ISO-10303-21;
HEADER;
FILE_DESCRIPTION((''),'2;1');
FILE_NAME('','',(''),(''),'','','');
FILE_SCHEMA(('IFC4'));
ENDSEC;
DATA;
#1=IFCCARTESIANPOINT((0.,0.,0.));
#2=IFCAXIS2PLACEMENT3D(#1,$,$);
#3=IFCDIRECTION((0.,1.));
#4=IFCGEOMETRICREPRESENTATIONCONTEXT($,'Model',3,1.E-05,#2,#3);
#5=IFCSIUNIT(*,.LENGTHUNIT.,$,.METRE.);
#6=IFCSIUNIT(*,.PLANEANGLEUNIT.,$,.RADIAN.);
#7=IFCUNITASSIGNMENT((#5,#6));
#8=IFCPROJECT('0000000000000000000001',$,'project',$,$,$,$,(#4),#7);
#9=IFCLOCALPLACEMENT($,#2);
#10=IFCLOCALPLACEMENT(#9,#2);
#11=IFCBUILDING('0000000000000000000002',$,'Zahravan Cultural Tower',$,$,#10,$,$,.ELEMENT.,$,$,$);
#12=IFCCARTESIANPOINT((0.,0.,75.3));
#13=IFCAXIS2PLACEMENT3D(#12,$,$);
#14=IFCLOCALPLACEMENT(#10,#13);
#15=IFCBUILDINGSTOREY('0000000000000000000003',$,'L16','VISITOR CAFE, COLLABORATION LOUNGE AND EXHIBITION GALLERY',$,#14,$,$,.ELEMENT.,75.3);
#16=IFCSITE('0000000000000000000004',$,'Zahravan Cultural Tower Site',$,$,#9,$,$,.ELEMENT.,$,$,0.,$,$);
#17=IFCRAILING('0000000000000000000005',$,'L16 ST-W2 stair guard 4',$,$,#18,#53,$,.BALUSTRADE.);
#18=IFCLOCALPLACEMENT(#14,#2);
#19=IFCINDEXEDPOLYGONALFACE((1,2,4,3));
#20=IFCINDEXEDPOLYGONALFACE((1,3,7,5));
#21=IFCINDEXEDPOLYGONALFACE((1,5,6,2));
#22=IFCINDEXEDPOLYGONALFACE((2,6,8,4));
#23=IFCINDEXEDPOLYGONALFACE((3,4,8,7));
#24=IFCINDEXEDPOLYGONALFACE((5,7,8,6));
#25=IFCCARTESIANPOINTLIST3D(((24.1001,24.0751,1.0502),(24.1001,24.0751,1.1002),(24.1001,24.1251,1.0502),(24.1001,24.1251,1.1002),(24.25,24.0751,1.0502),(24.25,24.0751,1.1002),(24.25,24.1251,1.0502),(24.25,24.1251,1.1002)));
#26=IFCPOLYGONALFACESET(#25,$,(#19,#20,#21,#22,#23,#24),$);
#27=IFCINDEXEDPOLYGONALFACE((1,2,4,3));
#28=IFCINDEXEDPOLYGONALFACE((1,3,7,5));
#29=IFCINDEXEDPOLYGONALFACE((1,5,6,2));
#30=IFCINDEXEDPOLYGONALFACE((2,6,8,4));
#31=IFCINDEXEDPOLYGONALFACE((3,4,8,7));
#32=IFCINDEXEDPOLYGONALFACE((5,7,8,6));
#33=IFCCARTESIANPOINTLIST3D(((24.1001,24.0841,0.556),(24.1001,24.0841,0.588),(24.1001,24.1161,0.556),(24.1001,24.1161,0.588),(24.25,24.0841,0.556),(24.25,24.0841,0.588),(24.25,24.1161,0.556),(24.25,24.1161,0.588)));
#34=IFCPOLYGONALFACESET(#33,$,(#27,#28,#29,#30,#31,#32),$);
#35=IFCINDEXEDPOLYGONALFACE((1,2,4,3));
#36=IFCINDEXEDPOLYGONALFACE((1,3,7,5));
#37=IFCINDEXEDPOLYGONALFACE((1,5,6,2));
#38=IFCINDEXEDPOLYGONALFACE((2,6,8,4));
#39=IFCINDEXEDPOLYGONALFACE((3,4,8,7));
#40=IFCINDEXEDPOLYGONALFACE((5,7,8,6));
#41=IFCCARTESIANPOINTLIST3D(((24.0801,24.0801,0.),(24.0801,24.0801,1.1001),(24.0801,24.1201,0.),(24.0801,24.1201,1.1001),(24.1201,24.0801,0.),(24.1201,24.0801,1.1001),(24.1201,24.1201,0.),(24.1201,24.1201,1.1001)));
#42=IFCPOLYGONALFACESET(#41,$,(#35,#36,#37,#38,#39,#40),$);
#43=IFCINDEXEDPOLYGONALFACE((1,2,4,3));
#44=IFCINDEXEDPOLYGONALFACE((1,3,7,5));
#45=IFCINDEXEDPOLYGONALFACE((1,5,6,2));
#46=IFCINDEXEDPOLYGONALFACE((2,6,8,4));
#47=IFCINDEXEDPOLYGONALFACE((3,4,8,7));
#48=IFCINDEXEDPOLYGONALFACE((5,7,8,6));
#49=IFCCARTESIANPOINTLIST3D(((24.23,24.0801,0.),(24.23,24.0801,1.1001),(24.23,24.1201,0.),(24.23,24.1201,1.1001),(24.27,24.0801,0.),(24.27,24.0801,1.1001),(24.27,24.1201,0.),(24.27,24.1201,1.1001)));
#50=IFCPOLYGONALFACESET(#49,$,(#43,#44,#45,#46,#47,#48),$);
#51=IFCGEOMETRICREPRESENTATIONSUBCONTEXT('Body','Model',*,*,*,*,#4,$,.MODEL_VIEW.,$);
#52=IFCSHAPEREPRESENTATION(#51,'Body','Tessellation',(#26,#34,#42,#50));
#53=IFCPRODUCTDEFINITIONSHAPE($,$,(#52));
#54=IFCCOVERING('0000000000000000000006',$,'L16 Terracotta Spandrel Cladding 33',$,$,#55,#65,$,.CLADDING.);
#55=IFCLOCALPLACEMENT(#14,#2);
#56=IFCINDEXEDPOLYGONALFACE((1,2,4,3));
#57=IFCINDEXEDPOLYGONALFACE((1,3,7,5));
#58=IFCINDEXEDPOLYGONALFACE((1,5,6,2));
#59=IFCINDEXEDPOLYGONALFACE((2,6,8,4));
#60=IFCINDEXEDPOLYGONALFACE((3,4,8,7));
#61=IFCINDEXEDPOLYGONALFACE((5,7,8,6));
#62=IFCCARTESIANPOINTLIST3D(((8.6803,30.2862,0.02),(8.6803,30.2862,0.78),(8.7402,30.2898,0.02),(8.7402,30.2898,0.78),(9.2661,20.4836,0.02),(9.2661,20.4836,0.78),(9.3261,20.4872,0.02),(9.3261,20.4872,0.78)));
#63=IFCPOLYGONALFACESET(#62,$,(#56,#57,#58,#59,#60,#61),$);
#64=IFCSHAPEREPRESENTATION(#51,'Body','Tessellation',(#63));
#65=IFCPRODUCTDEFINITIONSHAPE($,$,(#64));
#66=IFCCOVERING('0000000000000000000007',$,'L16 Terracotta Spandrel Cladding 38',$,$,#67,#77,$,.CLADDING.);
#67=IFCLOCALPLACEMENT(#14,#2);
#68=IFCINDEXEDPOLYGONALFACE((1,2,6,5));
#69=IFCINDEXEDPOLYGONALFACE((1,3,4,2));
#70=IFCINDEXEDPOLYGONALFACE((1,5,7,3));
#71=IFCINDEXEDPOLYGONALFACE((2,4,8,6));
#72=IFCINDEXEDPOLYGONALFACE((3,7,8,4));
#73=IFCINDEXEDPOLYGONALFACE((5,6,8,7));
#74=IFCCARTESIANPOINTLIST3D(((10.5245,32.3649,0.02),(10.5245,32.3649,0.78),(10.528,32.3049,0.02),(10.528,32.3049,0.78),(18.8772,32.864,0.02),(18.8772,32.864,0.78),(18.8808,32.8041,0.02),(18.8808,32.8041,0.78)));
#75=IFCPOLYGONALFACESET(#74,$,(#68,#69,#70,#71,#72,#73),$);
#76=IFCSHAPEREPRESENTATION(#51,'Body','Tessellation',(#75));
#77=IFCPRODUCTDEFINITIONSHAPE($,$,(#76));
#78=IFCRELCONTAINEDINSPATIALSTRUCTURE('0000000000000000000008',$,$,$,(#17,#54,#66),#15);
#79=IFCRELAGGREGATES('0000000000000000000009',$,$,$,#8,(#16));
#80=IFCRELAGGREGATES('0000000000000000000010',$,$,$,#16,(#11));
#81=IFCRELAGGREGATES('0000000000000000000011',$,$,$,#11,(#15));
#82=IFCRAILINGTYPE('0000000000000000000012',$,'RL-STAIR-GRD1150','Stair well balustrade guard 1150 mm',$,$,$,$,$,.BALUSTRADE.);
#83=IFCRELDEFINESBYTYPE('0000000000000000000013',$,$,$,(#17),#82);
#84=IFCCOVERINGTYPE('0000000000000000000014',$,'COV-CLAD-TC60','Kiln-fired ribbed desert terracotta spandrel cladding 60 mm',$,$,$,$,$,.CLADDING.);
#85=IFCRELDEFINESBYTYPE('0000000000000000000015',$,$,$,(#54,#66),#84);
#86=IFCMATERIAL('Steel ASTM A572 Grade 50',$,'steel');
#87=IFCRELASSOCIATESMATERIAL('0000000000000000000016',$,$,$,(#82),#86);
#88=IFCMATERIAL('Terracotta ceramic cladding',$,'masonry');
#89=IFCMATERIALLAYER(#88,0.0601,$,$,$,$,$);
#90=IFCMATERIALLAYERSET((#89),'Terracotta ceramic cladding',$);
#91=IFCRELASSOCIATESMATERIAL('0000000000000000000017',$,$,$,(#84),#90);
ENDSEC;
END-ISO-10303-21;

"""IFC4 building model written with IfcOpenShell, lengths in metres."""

from ifc_helpers import new_model, si_unit, direction, frame, origin, origin_2d, place, context, subcontext, project, spatial, rectangle, extrude, source, transform, mapped, material, layer, layer_set, type_object, element, save


model = new_model("IFC4")

# Units and contexts
model_context = context("Model", 3, precision=1e-05, world=origin(), true_north=direction((0.0, 1.0)))
body_context = subcontext(model_context, "Body", "Model", "MODEL_VIEW")
ifc_project = project(units=[si_unit("LENGTHUNIT", "METRE"), si_unit("PLANEANGLEUNIT", "RADIAN")], contexts=[model_context])

# Site, building, storey
site_placement = place(None, origin())
site = spatial("IfcSite", under=ifc_project, at=site_placement, Name="Zahravan Cultural Tower Site", CompositionType="ELEMENT", RefElevation=0.0)
building_placement = place(site_placement, origin())
building = spatial("IfcBuilding", under=site, at=building_placement, Name="Zahravan Cultural Tower", CompositionType="ELEMENT")
storey_placement = place(building_placement, frame((0.0, 0.0, 75.3)))
storey = spatial("IfcBuildingStorey", under=building, at=storey_placement, Name="L16", Description="VISITOR CAFE, COLLABORATION LOUNGE AND EXHIBITION GALLERY", CompositionType="ELEMENT", Elevation=75.3)

# Shared definitions
ifc_material_1 = material(Name="Steel ASTM A572 Grade 50", Category="steel")

# Railing
railing_type = type_object("IfcRailingType", Name="RL-STAIR-GRD1150", Description="Stair well balustrade guard 1150 mm", PredefinedType="BALUSTRADE", material=ifc_material_1)
railing_1_placement = place(storey_placement, frame((24.1001, 24.1001, 0.0)))
element("IfcRailing", 1, at=railing_1_placement, inside=storey, type_object=railing_type, Name="L16 ST-W2 stair guard 4", PredefinedType="BALUSTRADE", context=body_context, shape_type="SweptSolid", body=[
    extrude(rectangle(XDim=0.05, YDim=0.05, at=origin_2d()), frame((0.0, 0.0, 1.0752), z_axis=(1.0, 0.0, 0.0), x_axis=(0.0, 1.0, 0.0)), (0.0, 0.0, 1.0), 0.1499),
    extrude(rectangle(XDim=0.032, YDim=0.032, at=origin_2d()), frame((0.0, 0.0, 0.572), z_axis=(1.0, 0.0, 0.0), x_axis=(0.0, 1.0, 0.0)), (0.0, 0.0, 1.0), 0.1499),
    extrude(rectangle(XDim=0.04, YDim=0.04, at=origin_2d()), origin(), (0.0, 0.0, 1.0), 1.1001),
    extrude(rectangle(XDim=0.04, YDim=0.04, at=origin_2d()), frame((0.1499, 0.0, 0.0)), (0.0, 0.0, 1.0), 1.1001),
])

# Coverings
ifc_material_2 = material(Name="Terracotta ceramic cladding", Category="masonry")
ifc_layer_1 = layer(ifc_material_2, 0.0601)
ifc_layer_set_1 = layer_set([ifc_layer_1], Name="Terracotta ceramic cladding")
covering_type = type_object("IfcCoveringType", Name="COV-CLAD-TC60", Description="Kiln-fired ribbed desert terracotta spandrel cladding 60 mm", PredefinedType="CLADDING", material=ifc_layer_set_1)
shared_shape_1 = source(origin(), body_context, "Body", "SweptSolid", [
    extrude(rectangle(XDim=9.8201, YDim=0.0601, at=origin_2d()), origin(), (0.0, 0.0, 1.0), 0.76),
])
covering_1_placement = place(storey_placement, frame((9.0032, 25.3867, 0.02), z_axis=(0.0, 0.0, 1.0), x_axis=(-0.059655, 0.998219, 0.0)))
element("IfcCovering", 2, at=covering_1_placement, inside=storey, type_object=covering_type, Name="L16 Terracotta Spandrel Cladding 33", PredefinedType="CLADDING", context=body_context, shape_type="MappedRepresentation", body=[
    mapped(shared_shape_1, transform((0.0, 0.0, 0.0), x_axis=(1.0, 0.0, 0.0), y_axis=(0.0, 1.0, 0.0), z_axis=(0.0, 0.0, 1.0), scale=1.0)),
])
shared_shape_2 = source(origin(), body_context, "Body", "SweptSolid", [
    extrude(rectangle(XDim=8.3677, YDim=0.0601, at=origin_2d()), origin(), (0.0, 0.0, 1.0), 0.76),
])
covering_2_placement = place(storey_placement, frame((14.7026, 32.5845, 0.02), z_axis=(0.0, 0.0, 1.0), x_axis=(0.998219, 0.059655, 0.0)))
element("IfcCovering", 3, at=covering_2_placement, inside=storey, type_object=covering_type, Name="L16 Terracotta Spandrel Cladding 38", PredefinedType="CLADDING", context=body_context, shape_type="MappedRepresentation", body=[
    mapped(shared_shape_2, transform((0.0, 0.0, 0.0), x_axis=(1.0, 0.0, 0.0), y_axis=(0.0, 1.0, 0.0), z_axis=(0.0, 0.0, 1.0), scale=1.0)),
])

save(model, "model.ifc")
